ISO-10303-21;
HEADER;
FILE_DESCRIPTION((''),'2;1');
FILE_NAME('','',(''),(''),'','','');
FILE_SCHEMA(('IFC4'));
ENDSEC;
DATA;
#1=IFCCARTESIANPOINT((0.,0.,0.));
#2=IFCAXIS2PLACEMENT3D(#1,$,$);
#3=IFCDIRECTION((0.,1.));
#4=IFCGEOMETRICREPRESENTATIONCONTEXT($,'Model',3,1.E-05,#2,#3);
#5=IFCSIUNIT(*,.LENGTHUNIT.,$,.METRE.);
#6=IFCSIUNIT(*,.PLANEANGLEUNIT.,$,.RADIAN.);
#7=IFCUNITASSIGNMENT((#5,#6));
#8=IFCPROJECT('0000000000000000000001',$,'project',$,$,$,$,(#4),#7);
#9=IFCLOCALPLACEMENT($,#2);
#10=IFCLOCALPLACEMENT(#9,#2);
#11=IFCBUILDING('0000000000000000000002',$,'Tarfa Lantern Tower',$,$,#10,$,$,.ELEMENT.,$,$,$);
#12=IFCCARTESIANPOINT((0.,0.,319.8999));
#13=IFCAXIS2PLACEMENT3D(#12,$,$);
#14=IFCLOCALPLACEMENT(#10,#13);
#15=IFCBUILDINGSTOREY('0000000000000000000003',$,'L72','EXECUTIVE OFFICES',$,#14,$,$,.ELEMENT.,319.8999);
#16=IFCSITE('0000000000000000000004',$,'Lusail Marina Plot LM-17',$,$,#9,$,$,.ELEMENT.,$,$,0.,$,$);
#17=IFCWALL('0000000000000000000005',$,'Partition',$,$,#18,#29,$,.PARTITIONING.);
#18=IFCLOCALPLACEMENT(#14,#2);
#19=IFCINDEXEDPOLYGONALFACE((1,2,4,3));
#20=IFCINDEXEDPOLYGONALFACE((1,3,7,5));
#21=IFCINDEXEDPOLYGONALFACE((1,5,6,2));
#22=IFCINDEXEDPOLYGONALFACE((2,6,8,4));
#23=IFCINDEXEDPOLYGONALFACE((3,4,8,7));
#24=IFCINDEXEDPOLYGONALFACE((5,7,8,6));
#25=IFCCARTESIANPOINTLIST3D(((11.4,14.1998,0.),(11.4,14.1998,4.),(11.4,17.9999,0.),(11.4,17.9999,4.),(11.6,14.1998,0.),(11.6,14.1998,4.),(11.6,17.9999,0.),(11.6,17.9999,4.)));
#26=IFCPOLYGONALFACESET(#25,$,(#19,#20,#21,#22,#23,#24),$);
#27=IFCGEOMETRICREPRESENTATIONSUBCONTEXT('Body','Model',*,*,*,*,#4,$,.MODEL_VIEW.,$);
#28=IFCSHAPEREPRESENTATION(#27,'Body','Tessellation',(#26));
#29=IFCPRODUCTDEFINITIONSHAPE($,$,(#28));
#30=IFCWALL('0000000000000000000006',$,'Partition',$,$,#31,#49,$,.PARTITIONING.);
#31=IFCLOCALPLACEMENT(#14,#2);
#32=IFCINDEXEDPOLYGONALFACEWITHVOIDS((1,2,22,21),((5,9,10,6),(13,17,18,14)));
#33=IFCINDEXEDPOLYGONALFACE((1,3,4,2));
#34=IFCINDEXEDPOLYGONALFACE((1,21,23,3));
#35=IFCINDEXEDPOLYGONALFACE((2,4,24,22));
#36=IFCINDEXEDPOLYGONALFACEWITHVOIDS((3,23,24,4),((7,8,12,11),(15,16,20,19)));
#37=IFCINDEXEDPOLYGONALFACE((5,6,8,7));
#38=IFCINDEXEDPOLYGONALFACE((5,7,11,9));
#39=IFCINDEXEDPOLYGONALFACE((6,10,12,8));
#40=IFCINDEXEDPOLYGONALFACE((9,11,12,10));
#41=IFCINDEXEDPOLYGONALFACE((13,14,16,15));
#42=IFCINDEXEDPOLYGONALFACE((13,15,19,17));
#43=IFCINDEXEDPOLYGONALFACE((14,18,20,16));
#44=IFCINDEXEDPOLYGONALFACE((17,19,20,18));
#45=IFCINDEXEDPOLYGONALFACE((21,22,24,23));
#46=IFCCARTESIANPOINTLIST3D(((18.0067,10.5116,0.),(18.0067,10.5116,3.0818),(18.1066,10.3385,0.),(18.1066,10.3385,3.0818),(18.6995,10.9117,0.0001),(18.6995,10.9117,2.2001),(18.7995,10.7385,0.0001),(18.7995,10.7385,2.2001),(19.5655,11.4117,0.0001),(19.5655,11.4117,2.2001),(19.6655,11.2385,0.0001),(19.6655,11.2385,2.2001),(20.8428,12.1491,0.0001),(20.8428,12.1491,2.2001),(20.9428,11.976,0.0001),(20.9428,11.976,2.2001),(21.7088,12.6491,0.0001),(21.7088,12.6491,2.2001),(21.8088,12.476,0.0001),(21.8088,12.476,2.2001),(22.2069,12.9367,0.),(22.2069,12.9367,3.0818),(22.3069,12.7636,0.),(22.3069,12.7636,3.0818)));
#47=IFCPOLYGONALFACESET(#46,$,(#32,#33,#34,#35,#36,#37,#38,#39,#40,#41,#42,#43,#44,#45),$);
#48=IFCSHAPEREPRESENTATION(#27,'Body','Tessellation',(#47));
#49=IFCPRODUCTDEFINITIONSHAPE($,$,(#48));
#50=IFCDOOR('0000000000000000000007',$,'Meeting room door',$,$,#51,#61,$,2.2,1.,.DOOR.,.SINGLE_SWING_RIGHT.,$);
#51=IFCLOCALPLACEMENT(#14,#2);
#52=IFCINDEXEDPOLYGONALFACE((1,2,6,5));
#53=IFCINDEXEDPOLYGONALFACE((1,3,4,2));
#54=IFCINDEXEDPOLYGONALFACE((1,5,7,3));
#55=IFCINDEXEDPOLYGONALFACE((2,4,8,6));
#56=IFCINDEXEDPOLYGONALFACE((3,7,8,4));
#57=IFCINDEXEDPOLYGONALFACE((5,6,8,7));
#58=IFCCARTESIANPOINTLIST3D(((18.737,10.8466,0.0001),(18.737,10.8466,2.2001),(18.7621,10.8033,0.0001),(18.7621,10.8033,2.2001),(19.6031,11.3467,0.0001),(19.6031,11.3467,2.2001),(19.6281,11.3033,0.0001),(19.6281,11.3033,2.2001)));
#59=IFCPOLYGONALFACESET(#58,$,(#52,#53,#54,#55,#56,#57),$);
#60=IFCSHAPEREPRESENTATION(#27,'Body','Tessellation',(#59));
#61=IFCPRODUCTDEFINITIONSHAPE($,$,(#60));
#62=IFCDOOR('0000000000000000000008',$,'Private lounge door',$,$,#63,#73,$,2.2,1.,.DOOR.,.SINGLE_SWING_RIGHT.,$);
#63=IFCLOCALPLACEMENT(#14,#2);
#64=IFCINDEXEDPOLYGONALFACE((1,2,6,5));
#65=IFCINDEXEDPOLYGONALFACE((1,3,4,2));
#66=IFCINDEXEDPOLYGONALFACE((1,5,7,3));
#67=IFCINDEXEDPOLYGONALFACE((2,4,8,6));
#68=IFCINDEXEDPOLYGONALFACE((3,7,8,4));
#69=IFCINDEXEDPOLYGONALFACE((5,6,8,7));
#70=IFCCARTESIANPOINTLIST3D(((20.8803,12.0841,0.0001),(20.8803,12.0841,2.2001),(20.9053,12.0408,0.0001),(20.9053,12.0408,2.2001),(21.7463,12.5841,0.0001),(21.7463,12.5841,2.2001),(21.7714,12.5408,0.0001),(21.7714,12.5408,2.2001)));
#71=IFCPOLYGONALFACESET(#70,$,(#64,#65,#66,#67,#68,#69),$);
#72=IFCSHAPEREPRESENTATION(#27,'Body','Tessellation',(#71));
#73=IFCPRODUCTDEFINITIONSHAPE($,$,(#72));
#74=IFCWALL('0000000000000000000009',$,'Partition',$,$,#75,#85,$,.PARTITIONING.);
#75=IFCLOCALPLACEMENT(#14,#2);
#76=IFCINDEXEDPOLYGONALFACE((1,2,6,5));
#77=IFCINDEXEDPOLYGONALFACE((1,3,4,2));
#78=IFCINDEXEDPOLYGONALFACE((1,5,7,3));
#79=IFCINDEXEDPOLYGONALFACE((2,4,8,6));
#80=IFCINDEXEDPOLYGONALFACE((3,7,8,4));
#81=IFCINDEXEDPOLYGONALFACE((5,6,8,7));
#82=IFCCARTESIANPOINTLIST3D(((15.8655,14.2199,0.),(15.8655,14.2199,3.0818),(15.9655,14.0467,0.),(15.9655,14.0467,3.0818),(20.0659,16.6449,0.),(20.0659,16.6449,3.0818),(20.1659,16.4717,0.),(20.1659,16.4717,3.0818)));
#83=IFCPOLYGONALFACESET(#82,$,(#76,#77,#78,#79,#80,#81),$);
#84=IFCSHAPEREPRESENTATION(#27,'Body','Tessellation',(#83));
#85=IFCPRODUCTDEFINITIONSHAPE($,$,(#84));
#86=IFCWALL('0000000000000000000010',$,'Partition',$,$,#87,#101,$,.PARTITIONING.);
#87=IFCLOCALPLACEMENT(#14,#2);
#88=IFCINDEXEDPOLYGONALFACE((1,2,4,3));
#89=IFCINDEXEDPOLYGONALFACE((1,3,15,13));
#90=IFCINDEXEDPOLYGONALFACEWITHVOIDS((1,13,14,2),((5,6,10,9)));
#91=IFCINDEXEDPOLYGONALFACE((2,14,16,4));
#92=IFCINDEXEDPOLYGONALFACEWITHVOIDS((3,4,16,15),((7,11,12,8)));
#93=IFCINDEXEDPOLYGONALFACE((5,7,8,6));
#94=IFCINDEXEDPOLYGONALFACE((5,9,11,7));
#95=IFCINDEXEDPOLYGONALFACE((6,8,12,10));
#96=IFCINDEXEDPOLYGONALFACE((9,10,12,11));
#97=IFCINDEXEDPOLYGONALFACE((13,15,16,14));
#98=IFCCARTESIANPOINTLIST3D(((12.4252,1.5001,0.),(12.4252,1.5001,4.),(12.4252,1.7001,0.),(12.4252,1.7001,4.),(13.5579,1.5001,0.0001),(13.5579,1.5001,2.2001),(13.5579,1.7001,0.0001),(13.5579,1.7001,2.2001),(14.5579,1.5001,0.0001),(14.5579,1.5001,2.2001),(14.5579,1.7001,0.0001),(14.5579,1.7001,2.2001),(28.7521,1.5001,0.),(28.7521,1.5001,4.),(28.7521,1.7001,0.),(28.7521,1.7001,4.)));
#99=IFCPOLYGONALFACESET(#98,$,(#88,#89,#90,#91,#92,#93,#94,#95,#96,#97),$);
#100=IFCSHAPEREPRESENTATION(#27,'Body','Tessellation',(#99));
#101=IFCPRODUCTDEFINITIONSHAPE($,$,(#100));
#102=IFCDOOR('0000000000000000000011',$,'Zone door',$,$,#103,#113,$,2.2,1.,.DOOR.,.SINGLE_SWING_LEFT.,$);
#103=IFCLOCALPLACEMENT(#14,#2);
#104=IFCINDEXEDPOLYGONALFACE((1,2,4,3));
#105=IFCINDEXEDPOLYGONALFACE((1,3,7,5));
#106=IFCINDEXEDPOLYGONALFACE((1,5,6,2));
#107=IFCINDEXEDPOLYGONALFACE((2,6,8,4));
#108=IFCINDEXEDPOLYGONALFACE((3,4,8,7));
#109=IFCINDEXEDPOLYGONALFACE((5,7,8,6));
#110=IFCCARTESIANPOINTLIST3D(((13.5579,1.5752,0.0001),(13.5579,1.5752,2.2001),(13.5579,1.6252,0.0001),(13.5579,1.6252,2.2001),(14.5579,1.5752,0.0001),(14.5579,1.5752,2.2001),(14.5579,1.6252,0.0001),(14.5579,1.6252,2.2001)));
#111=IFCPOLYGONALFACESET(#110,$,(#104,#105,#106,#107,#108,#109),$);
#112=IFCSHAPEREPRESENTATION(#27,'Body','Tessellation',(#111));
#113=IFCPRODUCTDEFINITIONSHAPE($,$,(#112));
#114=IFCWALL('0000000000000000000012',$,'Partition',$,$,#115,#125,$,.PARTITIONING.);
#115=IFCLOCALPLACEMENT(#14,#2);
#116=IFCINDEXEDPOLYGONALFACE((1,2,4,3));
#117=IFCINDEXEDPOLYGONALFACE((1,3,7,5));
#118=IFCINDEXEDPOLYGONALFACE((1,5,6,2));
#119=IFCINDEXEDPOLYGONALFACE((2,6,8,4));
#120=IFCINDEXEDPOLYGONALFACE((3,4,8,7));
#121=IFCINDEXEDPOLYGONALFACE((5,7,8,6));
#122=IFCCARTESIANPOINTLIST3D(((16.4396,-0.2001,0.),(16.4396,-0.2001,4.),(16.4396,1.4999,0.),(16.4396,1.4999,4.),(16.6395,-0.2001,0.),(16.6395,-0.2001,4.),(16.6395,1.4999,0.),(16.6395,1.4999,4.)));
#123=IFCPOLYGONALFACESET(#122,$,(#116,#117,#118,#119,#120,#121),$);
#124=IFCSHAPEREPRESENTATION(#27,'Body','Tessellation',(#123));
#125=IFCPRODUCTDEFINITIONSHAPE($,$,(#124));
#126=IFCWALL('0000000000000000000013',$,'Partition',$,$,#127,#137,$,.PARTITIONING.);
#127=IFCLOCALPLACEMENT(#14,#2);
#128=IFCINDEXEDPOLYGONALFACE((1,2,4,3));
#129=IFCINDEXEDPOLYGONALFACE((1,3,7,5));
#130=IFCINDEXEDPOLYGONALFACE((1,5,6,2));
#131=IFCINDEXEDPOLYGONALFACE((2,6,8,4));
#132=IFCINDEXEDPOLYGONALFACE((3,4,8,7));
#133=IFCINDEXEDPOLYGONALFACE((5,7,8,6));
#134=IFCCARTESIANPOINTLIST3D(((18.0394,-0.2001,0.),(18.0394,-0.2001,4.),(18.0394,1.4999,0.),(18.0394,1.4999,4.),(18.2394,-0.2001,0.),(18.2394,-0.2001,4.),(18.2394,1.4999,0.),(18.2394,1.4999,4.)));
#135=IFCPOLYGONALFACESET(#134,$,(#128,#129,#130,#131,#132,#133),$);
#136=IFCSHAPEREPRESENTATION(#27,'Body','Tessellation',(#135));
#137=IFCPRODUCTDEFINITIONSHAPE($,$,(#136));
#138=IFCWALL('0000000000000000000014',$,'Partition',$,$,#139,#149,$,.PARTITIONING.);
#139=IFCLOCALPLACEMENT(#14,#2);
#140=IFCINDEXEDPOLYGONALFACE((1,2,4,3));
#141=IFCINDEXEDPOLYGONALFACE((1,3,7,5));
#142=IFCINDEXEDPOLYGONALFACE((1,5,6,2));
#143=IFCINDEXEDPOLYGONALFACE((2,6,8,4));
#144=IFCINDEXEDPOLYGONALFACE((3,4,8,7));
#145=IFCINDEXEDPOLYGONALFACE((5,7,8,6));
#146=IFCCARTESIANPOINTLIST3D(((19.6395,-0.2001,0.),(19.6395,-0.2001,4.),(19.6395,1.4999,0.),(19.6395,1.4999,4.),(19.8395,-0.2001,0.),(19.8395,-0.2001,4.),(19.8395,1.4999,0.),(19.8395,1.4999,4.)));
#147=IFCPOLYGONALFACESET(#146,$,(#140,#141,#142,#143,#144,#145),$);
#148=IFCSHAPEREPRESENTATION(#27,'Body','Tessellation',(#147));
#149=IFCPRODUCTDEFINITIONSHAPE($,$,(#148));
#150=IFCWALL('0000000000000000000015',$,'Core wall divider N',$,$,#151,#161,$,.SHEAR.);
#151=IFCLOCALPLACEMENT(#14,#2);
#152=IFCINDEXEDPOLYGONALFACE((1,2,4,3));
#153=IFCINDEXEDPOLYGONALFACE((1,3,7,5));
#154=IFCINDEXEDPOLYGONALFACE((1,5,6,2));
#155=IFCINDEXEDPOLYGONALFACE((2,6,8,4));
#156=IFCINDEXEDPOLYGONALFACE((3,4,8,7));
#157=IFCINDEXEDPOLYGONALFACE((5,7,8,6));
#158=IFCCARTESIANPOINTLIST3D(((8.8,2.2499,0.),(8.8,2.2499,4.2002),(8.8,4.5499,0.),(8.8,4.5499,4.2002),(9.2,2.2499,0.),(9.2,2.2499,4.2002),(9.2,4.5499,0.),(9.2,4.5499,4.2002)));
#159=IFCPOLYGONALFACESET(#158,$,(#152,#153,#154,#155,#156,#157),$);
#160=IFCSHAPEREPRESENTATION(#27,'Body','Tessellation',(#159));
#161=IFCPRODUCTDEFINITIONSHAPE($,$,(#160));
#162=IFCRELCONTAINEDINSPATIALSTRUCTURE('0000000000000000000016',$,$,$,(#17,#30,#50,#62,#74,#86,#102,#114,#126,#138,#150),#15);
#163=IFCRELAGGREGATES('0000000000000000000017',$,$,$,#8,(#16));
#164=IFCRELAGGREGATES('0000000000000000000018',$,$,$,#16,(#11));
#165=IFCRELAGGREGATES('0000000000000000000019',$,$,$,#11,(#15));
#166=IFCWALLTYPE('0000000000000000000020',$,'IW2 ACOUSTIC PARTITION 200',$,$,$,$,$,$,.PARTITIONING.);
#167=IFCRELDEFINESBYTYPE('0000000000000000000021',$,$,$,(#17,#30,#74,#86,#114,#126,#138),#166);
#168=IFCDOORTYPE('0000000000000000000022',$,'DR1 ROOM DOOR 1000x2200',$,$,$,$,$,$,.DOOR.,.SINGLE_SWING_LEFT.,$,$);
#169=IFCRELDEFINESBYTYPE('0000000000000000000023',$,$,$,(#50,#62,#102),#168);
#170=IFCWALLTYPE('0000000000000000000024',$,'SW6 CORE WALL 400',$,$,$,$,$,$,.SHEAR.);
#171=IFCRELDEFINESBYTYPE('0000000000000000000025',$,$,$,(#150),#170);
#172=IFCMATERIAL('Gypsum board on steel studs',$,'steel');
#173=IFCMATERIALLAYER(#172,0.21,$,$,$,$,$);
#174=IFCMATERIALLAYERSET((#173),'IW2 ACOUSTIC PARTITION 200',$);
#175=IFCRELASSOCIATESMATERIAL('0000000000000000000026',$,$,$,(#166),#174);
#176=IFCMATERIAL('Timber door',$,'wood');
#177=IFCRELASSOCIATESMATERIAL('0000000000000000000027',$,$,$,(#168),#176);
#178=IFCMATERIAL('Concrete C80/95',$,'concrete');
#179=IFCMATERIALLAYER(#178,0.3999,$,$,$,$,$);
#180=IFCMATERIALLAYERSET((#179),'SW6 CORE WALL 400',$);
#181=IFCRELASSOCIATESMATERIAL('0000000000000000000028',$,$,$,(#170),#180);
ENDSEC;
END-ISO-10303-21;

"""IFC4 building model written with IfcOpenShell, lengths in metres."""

from ifc_helpers import new_model, si_unit, direction, frame, frame_2d, origin, place, context, subcontext, project, spatial, rectangle, extrude, material, layer, layer_set, type_object, element, fill, save


model = new_model("IFC4")

# Units and contexts
model_context = context("Model", 3, precision=1e-05, world=origin(), true_north=direction((0.0, 1.0)))
body_context = subcontext(model_context, "Body", "Model", "MODEL_VIEW")
ifc_project = project(units=[si_unit("LENGTHUNIT", "METRE"), si_unit("PLANEANGLEUNIT", "RADIAN")], contexts=[model_context])

# Site, building, storey
site_placement = place(None, origin())
site = spatial("IfcSite", under=ifc_project, at=site_placement, Name="Lusail Marina Plot LM-17", CompositionType="ELEMENT", RefElevation=0.0)
building_placement = place(site_placement, origin())
building = spatial("IfcBuilding", under=site, at=building_placement, Name="Tarfa Lantern Tower", CompositionType="ELEMENT")
storey_placement = place(building_placement, frame((0.0, 0.0, 319.8999)))
storey = spatial("IfcBuildingStorey", under=building, at=storey_placement, Name="L72", Description="EXECUTIVE OFFICES", CompositionType="ELEMENT", Elevation=319.8999)

# Shared definitions
ifc_material_1 = material(Name="Concrete C80/95", Category="concrete")

# Wall
ifc_material_2 = material(Name="Gypsum board on steel studs", Category="steel")
ifc_layer_1 = layer(ifc_material_2, 0.21)
ifc_layer_set_1 = layer_set([ifc_layer_1], Name="IW2 ACOUSTIC PARTITION 200")
wall_type_1 = type_object("IfcWallType", Name="IW2 ACOUSTIC PARTITION 200", PredefinedType="PARTITIONING", material=ifc_layer_set_1)
wall_1_placement = place(storey_placement, frame((11.5, 14.2, 0.0), z_axis=(0.0, 0.0, 1.0), x_axis=(0.0, 1.0, 0.0)))
element("IfcWall", 1, at=wall_1_placement, inside=storey, type_object=wall_type_1, Name="Partition", PredefinedType="PARTITIONING", context=body_context, shape_type="SweptSolid", body=[
    extrude(rectangle(XDim=3.8, YDim=0.2, at=frame_2d((1.8999, 0.0))), origin(), (0.0, 0.0, 1.0), 4.0),
])

# Wall, openings, doors
wall_2_placement = place(storey_placement, frame((18.0566, 10.425, 0.0), z_axis=(0.0, 0.0, 1.0), x_axis=(0.86602, 0.50001, 0.0)))
wall_2 = element("IfcWall", 2, at=wall_2_placement, inside=storey, type_object=wall_type_1, Name="Partition", PredefinedType="PARTITIONING", context=body_context, shape_type="SweptSolid", body=[
    extrude(rectangle(XDim=4.8501, YDim=0.2, at=frame_2d((2.425, 0.0))), origin(), (0.0, 0.0, 1.0), 3.0818),
])
opening_1_placement = place(wall_2_placement, frame((0.8, 0.0, 0.0)))
opening_1 = element("IfcOpeningElement", 3, at=opening_1_placement, cuts=wall_2, PredefinedType="OPENING", context=body_context, shape_type="SweptSolid", body=[
    extrude(rectangle(XDim=1.0, YDim=2.2, at=frame_2d((0.5, 1.1001))), frame((0.0, 0.1099, 0.0), z_axis=(0.0, -1.0, 0.0), x_axis=(1.0, 0.0, 0.0)), (0.0, 0.0, 1.0), 0.22),
])
opening_2_placement = place(wall_2_placement, frame((3.2749, 0.0, 0.0)))
opening_2 = element("IfcOpeningElement", 4, at=opening_2_placement, cuts=wall_2, PredefinedType="OPENING", context=body_context, shape_type="SweptSolid", body=[
    extrude(rectangle(XDim=1.0, YDim=2.2, at=frame_2d((0.5, 1.1001))), frame((0.0, 0.1099, 0.0), z_axis=(0.0, -1.0, 0.0), x_axis=(1.0, 0.0, 0.0)), (0.0, 0.0, 1.0), 0.22),
])
ifc_material_3 = material(Name="Timber door", Category="wood")
door_type = type_object("IfcDoorType", Name="DR1 ROOM DOOR 1000x2200", OperationType="SINGLE_SWING_LEFT", PredefinedType="DOOR", material=ifc_material_3)
door_1_placement = place(opening_1_placement, origin())
door_1 = element("IfcDoor", 5, at=door_1_placement, inside=storey, type_object=door_type, Name="Meeting room door", OperationType="SINGLE_SWING_RIGHT", OverallHeight=2.2, OverallWidth=1.0, PredefinedType="DOOR", context=body_context, shape_type="SweptSolid", body=[
    extrude(rectangle(XDim=1.0, YDim=2.2, at=frame_2d((0.5, 1.1001))), frame((0.0, 0.0249, 0.0), z_axis=(0.0, -1.0, 0.0), x_axis=(1.0, 0.0, 0.0)), (0.0, 0.0, 1.0), 0.05),
])
fill(opening_1, door_1)
door_2_placement = place(opening_2_placement, origin())
door_2 = element("IfcDoor", 6, at=door_2_placement, inside=storey, type_object=door_type, Name="Private lounge door", OperationType="SINGLE_SWING_RIGHT", OverallHeight=2.2, OverallWidth=1.0, PredefinedType="DOOR", context=body_context, shape_type="SweptSolid", body=[
    extrude(rectangle(XDim=1.0, YDim=2.2, at=frame_2d((0.5, 1.1001))), frame((0.0, 0.0249, 0.0), z_axis=(0.0, -1.0, 0.0), x_axis=(1.0, 0.0, 0.0)), (0.0, 0.0, 1.0), 0.05),
])
fill(opening_2, door_2)

# Wall
wall_3_placement = place(storey_placement, frame((15.9155, 14.1333, 0.0), z_axis=(0.0, 0.0, 1.0), x_axis=(0.866032, 0.499988, 0.0)))
element("IfcWall", 7, at=wall_3_placement, inside=storey, type_object=wall_type_1, Name="Partition", PredefinedType="PARTITIONING", context=body_context, shape_type="SweptSolid", body=[
    extrude(rectangle(XDim=4.8501, YDim=0.2, at=frame_2d((2.425, 0.0))), origin(), (0.0, 0.0, 1.0), 3.0818),
])

# Wall, opening, door
wall_4_placement = place(storey_placement, frame((12.425, 1.6001, 0.0), z_axis=(0.0, 0.0, 1.0), x_axis=(1.0, 0.0, 0.0)))
wall_4 = element("IfcWall", 8, at=wall_4_placement, inside=storey, type_object=wall_type_1, Name="Partition", PredefinedType="PARTITIONING", context=body_context, shape_type="SweptSolid", body=[
    extrude(rectangle(XDim=16.3269, YDim=0.2, at=frame_2d((8.1636, 0.0))), origin(), (0.0, 0.0, 1.0), 4.0),
])
opening_3_placement = place(wall_4_placement, frame((1.1328, 0.0, 0.0)))
opening_3 = element("IfcOpeningElement", 9, at=opening_3_placement, cuts=wall_4, PredefinedType="OPENING", context=body_context, shape_type="SweptSolid", body=[
    extrude(rectangle(XDim=1.0, YDim=2.2, at=frame_2d((0.5, 1.1001))), frame((0.0, 0.1099, 0.0), z_axis=(0.0, -1.0, 0.0), x_axis=(1.0, 0.0, 0.0)), (0.0, 0.0, 1.0), 0.22),
])
door_3_placement = place(opening_3_placement, frame((1.0, 0.0, 0.0), z_axis=(0.0, 0.0, 1.0), x_axis=(-1.0, 0.0, 0.0)))
door_3 = element("IfcDoor", 10, at=door_3_placement, inside=storey, type_object=door_type, Name="Zone door", OperationType="SINGLE_SWING_LEFT", OverallHeight=2.2, OverallWidth=1.0, PredefinedType="DOOR", context=body_context, shape_type="SweptSolid", body=[
    extrude(rectangle(XDim=1.0, YDim=2.2, at=frame_2d((0.5, 1.1001))), frame((0.0, 0.0249, 0.0), z_axis=(0.0, -1.0, 0.0), x_axis=(1.0, 0.0, 0.0)), (0.0, 0.0, 1.0), 0.05),
])
fill(opening_3, door_3)

# Walls
for number, where, z_axis, x_axis, name in (
    (11, (16.5396, 1.5, 0.0), (0.0, 0.0, 1.0), (0.0, -1.0, 0.0), "Partition"),
    (12, (18.1394, 1.5, 0.0), (0.0, 0.0, 1.0), (0.0, -1.0, 0.0), "Partition"),
    (13, (19.7395, 1.5, 0.0), (0.0, 0.0, 1.0), (0.0, -1.0, 0.0), "Partition"),
):
    element("IfcWall", number, at=place(storey_placement, frame(where, z_axis=z_axis, x_axis=x_axis)), inside=storey, type_object=wall_type_1, Name=name, PredefinedType="PARTITIONING", context=body_context, shape_type="SweptSolid", body=[
        extrude(rectangle(XDim=1.7, YDim=0.2, at=frame_2d((0.8501, 0.0))), origin(), (0.0, 0.0, 1.0), 4.0),
    ])
ifc_layer_2 = layer(ifc_material_1, 0.3999)
ifc_layer_set_2 = layer_set([ifc_layer_2], Name="SW6 CORE WALL 400")
wall_type_2 = type_object("IfcWallType", Name="SW6 CORE WALL 400", PredefinedType="SHEAR", material=ifc_layer_set_2)
wall_5_placement = place(storey_placement, frame((9.0, 2.25, 0.0), z_axis=(0.0, 0.0, 1.0), x_axis=(0.0, 1.0, 0.0)))
element("IfcWall", 14, at=wall_5_placement, inside=storey, type_object=wall_type_2, Name="Core wall divider N", PredefinedType="SHEAR", context=body_context, shape_type="SweptSolid", body=[
    extrude(rectangle(XDim=2.3, YDim=0.3999, at=frame_2d((1.1499, 0.0))), origin(), (0.0, 0.0, 1.0), 4.2002),
])

save(model, "model.ifc")
